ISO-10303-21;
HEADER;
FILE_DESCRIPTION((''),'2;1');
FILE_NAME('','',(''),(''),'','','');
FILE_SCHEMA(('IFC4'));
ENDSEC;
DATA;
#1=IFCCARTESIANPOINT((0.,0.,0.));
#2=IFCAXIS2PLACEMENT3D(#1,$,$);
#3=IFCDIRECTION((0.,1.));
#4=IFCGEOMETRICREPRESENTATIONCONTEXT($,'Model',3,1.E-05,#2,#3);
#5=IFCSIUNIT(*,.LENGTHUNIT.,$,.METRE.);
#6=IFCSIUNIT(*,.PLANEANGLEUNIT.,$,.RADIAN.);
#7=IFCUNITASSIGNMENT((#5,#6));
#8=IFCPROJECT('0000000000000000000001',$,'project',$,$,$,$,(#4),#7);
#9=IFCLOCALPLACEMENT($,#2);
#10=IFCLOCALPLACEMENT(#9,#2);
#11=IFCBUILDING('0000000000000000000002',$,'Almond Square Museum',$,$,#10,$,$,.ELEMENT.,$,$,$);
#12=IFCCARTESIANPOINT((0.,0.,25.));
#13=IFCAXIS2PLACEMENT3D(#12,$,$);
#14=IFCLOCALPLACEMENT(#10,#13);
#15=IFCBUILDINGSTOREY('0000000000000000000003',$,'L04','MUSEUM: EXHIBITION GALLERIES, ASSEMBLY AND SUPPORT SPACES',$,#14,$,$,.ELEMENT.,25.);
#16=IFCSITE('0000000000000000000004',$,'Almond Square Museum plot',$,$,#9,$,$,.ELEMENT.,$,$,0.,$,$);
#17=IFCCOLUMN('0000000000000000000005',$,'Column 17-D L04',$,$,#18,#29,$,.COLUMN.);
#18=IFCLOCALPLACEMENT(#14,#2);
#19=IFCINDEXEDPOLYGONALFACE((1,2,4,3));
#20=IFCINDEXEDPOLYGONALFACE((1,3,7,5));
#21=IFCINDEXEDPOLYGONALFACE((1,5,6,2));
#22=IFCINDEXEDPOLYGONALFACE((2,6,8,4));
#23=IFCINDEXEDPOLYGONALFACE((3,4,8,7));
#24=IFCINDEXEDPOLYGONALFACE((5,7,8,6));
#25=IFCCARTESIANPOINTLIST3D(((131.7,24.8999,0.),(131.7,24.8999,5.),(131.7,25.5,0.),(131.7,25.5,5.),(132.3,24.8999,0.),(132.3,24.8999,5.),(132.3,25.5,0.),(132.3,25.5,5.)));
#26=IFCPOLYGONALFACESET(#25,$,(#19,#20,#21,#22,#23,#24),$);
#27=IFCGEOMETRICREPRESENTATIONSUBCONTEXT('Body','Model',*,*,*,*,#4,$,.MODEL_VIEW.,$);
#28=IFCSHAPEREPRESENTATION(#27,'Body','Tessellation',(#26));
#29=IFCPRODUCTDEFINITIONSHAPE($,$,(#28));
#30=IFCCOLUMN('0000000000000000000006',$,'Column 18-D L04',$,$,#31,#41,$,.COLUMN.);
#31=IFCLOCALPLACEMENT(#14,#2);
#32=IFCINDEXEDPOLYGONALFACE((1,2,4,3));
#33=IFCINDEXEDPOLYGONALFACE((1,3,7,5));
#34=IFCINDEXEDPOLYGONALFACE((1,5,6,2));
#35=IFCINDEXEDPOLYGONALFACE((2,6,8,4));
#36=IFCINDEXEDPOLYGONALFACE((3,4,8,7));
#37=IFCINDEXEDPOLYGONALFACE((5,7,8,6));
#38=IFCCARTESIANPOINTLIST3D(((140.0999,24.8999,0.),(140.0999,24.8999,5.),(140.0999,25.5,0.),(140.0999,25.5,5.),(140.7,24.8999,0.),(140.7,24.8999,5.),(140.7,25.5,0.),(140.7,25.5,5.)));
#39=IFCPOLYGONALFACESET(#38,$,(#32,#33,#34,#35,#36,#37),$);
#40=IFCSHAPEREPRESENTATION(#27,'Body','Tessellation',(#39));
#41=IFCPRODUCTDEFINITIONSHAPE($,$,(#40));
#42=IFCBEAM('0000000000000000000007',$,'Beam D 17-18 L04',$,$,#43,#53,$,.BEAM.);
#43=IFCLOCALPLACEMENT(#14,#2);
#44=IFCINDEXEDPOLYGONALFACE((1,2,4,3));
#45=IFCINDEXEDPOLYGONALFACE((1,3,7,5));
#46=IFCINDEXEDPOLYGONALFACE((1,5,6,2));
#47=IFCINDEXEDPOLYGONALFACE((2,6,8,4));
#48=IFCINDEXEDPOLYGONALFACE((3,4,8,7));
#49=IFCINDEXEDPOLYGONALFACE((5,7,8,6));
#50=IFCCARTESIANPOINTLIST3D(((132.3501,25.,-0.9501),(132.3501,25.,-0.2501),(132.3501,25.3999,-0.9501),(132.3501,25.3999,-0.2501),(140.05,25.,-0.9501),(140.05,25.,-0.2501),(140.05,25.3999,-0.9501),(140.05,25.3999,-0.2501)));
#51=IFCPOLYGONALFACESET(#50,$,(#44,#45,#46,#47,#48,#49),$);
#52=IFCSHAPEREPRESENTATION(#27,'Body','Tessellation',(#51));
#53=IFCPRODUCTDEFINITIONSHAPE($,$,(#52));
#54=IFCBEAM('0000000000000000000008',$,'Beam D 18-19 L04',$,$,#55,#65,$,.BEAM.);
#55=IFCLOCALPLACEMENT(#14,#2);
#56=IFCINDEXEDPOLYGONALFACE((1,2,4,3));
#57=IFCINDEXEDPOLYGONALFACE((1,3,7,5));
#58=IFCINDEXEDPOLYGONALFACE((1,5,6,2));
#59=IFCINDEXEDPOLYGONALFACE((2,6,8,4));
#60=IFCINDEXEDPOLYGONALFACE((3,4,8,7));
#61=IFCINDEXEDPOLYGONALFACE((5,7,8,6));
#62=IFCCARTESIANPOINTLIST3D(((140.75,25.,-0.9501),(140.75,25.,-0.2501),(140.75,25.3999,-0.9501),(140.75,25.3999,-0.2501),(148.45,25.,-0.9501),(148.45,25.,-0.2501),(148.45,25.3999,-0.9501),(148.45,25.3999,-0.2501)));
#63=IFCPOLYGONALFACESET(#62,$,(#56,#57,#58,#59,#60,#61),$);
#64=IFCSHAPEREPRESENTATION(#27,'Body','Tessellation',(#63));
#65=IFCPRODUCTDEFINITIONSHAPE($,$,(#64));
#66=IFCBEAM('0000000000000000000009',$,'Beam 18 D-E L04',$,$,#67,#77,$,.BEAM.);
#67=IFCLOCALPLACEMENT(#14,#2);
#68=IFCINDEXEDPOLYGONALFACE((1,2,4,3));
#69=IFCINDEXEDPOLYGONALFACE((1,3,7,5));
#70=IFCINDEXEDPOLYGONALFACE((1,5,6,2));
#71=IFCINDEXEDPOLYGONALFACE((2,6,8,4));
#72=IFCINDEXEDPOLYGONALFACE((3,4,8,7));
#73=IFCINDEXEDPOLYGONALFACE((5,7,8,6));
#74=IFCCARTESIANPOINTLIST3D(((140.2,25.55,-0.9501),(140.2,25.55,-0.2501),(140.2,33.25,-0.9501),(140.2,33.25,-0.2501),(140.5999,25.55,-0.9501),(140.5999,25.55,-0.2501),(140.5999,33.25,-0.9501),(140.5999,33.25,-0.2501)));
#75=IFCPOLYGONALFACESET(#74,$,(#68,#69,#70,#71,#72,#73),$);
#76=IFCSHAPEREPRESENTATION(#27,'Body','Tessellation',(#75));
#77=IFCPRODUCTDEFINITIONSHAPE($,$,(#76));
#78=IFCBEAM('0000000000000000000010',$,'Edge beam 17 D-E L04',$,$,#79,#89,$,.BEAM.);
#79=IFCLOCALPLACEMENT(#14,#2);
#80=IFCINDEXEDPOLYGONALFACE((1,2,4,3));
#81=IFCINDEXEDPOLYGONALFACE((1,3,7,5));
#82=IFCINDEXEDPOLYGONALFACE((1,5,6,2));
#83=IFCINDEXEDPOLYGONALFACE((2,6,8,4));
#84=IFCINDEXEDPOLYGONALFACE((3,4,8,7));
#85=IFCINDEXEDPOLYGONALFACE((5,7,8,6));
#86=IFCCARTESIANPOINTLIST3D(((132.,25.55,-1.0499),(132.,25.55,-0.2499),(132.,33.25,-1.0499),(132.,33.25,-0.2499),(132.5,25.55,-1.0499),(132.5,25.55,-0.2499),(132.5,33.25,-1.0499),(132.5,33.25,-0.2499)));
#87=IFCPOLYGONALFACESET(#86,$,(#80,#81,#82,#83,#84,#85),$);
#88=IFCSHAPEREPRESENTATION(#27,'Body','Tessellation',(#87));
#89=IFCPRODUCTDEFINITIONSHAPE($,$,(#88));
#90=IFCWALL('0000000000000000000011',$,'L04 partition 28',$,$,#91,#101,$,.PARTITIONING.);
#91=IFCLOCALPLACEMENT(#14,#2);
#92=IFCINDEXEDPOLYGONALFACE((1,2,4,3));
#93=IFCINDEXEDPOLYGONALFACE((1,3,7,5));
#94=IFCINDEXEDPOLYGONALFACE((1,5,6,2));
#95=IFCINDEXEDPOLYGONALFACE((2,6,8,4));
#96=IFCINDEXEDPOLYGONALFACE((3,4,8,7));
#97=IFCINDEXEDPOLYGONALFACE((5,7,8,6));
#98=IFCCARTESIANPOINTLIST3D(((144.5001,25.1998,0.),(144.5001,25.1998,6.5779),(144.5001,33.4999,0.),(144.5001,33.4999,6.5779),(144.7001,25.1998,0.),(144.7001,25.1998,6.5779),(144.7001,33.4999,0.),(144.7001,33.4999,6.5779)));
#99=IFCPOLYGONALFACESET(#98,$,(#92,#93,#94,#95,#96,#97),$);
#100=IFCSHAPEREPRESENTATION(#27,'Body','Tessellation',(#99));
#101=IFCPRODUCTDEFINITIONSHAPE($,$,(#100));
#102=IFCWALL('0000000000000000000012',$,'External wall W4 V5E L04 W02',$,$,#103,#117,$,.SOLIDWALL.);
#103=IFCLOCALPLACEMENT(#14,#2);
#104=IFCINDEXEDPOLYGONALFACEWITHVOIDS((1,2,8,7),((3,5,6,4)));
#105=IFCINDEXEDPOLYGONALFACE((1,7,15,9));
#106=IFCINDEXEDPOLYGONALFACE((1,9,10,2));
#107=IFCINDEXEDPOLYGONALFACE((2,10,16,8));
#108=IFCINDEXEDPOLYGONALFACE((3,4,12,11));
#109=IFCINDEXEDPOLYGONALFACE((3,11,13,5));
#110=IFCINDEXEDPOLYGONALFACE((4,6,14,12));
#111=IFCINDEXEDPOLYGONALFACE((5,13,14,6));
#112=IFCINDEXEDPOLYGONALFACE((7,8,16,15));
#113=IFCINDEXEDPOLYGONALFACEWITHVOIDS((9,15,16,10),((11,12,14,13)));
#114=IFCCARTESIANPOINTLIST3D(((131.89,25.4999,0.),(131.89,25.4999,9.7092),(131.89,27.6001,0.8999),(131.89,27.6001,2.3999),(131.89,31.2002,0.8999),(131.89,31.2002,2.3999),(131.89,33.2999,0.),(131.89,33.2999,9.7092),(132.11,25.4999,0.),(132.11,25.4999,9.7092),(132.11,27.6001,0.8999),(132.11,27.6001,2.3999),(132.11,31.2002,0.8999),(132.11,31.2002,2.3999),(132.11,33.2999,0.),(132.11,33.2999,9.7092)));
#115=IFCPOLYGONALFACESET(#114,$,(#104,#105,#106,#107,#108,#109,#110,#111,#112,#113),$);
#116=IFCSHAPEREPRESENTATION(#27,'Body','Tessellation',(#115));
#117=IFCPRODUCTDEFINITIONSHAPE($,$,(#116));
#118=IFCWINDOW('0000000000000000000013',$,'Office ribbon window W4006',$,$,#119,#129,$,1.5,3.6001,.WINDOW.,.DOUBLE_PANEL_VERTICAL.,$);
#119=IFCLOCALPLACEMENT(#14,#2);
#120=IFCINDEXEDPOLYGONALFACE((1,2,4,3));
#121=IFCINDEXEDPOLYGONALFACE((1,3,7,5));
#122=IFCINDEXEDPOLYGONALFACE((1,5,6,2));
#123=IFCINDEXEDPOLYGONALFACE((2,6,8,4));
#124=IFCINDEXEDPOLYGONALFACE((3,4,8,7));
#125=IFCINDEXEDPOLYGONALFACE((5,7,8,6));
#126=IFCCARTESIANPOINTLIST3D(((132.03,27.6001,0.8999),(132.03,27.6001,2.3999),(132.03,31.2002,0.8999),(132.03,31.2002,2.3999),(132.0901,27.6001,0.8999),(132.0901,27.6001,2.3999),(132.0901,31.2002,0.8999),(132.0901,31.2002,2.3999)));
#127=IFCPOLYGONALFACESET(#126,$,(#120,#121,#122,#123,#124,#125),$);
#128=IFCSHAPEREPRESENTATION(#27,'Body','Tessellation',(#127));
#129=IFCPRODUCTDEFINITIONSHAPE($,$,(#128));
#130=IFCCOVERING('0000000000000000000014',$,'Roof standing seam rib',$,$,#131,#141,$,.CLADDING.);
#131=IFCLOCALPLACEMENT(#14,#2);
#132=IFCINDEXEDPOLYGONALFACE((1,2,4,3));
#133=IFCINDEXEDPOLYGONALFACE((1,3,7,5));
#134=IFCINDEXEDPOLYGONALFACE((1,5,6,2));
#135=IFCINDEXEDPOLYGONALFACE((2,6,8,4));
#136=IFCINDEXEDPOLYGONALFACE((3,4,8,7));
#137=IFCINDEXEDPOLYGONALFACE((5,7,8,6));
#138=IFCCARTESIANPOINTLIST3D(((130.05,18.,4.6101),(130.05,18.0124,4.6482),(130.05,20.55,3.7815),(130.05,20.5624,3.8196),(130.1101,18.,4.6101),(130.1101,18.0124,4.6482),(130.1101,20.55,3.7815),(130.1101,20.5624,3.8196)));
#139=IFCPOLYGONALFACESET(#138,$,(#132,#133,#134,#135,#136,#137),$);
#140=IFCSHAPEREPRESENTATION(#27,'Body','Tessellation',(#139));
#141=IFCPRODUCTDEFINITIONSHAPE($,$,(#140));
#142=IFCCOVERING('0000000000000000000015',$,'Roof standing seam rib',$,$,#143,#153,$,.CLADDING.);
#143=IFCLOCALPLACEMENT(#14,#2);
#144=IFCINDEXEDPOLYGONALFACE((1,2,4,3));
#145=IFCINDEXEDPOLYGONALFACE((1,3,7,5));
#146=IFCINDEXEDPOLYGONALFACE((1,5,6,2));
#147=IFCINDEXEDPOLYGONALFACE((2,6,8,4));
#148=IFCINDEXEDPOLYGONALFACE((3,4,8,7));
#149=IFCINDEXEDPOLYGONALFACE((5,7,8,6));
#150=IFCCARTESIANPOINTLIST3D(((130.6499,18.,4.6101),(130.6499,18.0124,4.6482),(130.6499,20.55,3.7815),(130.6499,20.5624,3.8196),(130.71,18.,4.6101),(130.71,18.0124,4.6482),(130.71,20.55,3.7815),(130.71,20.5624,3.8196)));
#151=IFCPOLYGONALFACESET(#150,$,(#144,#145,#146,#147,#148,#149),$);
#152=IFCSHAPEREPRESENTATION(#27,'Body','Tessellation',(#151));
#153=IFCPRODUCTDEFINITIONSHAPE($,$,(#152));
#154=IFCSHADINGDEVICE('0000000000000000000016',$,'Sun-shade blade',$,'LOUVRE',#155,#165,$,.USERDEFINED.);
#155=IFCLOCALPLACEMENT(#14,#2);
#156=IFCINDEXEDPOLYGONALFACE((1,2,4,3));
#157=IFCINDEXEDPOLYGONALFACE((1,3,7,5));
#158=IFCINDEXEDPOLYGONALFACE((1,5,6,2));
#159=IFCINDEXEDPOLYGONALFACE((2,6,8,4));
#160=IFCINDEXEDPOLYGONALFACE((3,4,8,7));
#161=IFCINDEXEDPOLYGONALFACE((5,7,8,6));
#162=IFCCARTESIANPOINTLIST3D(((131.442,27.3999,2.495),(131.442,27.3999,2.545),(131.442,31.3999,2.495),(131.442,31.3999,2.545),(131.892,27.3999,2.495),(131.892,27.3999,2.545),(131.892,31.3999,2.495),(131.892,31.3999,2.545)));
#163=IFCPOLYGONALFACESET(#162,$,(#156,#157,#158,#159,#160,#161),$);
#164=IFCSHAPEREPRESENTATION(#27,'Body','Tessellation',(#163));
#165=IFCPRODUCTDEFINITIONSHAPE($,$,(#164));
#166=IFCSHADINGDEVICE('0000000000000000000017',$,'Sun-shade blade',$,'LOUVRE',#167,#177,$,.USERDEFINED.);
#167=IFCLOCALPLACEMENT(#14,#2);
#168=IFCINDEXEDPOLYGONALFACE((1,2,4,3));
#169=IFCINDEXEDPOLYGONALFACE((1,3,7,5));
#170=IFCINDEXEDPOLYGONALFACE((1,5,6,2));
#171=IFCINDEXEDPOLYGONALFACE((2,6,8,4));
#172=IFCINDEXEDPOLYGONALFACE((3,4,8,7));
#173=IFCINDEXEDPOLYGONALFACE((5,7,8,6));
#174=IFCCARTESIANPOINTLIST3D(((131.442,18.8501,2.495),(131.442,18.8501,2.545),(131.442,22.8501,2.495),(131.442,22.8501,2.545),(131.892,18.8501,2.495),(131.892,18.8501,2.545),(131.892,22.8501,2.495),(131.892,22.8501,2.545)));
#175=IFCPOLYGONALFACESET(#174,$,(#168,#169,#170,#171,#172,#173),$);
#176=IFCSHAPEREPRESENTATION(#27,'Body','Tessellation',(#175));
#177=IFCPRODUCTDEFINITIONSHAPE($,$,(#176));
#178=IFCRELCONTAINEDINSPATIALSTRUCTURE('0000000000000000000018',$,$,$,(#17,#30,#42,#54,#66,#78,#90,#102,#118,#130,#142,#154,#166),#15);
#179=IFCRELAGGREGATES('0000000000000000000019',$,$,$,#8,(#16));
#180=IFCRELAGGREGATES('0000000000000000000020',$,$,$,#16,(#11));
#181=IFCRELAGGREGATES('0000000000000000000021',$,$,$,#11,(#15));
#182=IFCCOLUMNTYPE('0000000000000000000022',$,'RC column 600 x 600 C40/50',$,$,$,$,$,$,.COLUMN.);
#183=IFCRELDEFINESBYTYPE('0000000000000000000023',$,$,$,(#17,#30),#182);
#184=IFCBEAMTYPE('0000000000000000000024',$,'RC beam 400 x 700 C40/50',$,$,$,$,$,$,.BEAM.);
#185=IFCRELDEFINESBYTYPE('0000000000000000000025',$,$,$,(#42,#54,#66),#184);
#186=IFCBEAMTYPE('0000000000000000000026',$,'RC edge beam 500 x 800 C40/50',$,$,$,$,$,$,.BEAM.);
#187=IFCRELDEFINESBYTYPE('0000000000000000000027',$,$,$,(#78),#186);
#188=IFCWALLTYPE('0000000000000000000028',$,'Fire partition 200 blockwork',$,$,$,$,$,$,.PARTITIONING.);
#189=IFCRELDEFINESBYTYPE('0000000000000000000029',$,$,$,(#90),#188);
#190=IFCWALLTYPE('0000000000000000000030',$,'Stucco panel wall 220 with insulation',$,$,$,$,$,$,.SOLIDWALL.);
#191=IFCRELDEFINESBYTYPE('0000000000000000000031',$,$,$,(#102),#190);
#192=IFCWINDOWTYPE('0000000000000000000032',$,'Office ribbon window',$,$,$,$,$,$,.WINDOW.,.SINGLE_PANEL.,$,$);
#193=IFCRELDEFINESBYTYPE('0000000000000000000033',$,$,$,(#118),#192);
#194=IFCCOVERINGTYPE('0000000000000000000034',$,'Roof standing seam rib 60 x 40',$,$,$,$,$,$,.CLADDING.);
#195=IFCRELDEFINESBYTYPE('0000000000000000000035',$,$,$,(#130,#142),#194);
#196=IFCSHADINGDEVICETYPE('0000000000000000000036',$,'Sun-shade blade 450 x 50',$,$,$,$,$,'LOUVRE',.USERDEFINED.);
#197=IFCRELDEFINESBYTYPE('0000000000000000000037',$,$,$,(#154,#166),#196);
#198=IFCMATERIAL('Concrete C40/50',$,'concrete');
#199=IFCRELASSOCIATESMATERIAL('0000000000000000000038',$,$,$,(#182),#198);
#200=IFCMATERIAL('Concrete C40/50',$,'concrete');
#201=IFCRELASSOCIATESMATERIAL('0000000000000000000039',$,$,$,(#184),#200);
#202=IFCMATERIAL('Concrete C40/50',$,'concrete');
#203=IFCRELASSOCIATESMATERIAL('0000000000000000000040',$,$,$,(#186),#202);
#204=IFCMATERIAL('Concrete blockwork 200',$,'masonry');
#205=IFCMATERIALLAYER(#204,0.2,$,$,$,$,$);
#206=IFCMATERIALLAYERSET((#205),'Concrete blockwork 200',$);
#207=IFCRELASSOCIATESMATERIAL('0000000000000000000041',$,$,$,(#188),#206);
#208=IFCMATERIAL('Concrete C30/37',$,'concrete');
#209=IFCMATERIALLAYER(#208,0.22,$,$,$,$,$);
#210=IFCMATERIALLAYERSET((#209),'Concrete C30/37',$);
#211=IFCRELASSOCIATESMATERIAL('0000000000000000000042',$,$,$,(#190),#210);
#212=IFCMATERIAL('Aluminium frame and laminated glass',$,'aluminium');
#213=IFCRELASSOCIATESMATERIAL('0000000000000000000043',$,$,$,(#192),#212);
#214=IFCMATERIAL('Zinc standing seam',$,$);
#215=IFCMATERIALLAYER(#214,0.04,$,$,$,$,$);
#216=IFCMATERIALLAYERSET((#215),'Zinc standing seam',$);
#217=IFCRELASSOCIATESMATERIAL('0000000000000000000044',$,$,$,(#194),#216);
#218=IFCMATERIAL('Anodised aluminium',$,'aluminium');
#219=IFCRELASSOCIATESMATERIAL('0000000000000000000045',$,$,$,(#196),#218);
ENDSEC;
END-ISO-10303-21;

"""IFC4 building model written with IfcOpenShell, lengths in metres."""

from ifc_helpers import new_model, si_unit, direction, frame, frame_2d, origin, origin_2d, place, context, subcontext, project, spatial, polyline, rectangle, outline, extrude, material, layer, layer_set, material_profile, profile_set, type_object, element, fill, save


model = new_model("IFC4")

# Units and contexts
model_context = context("Model", 3, precision=1e-05, world=origin(), true_north=direction((0.0, 1.0)))
body_context = subcontext(model_context, "Body", "Model", "MODEL_VIEW")
ifc_project = project(units=[si_unit("LENGTHUNIT", "METRE"), si_unit("PLANEANGLEUNIT", "RADIAN")], contexts=[model_context])

# Site, building, storey
site_placement = place(None, origin())
site = spatial("IfcSite", under=ifc_project, at=site_placement, Name="Almond Square Museum plot", CompositionType="ELEMENT", RefElevation=0.0)
building_placement = place(site_placement, origin())
building = spatial("IfcBuilding", under=site, at=building_placement, Name="Almond Square Museum", CompositionType="ELEMENT")
storey_placement = place(building_placement, frame((0.0, 0.0, 25.0)))
storey = spatial("IfcBuildingStorey", under=building, at=storey_placement, Name="L04", Description="MUSEUM: EXHIBITION GALLERIES, ASSEMBLY AND SUPPORT SPACES", CompositionType="ELEMENT", Elevation=25.0)

# Columns
ifc_material_1 = material(Name="Concrete C40/50", Category="concrete")
ifc_material_profile_1 = material_profile(ifc_material_1, rectangle(XDim=0.6001, YDim=0.6001, at=origin_2d()))
ifc_profile_set_1 = profile_set([ifc_material_profile_1], Name="Concrete C40/50")
column_type = type_object("IfcColumnType", Name="RC column 600 x 600 C40/50", PredefinedType="COLUMN", material=ifc_profile_set_1)
for number, where, z_axis, x_axis, name in (
    (1, (132.0, 25.2, 0.0), (0.0, 0.0, 1.0), (1.0, 0.0, 0.0), "Column 17-D L04"),
    (2, (140.3999, 25.2, 0.0), (0.0, 0.0, 1.0), (1.0, 0.0, 0.0), "Column 18-D L04"),
):
    element("IfcColumn", number, at=place(storey_placement, frame(where, z_axis=z_axis, x_axis=x_axis)), inside=storey, type_object=column_type, Name=name, PredefinedType="COLUMN", context=body_context, shape_type="SweptSolid", body=[
        extrude(rectangle(XDim=0.6001, YDim=0.6001, at=origin_2d()), origin(), (0.0, 0.0, 1.0), 5.0),
    ])

# Beams
ifc_material_2 = material(Name="Concrete C40/50", Category="concrete")
ifc_material_profile_2 = material_profile(ifc_material_2, rectangle(XDim=0.3999, YDim=0.7, at=origin_2d()))
ifc_profile_set_2 = profile_set([ifc_material_profile_2], Name="Concrete C40/50")
beam_type_1 = type_object("IfcBeamType", Name="RC beam 400 x 700 C40/50", PredefinedType="BEAM", material=ifc_profile_set_2)
for number, where, z_axis, x_axis, name in (
    (3, (132.3501, 25.2, -0.6001), (1.0, 0.0, 0.0), (0.0, 1.0, 0.0), "Beam D 17-18 L04"),
    (4, (140.75, 25.2, -0.6001), (1.0, 0.0, 0.0), (0.0, 1.0, 0.0), "Beam D 18-19 L04"),
    (5, (140.3999, 25.55, -0.6001), (0.0, 1.0, 0.0), (-1.0, 0.0, 0.0), "Beam 18 D-E L04"),
):
    element("IfcBeam", number, at=place(storey_placement, frame(where, z_axis=z_axis, x_axis=x_axis)), inside=storey, type_object=beam_type_1, Name=name, PredefinedType="BEAM", context=body_context, shape_type="SweptSolid", body=[
        extrude(rectangle(XDim=0.3999, YDim=0.7, at=origin_2d()), origin(), (0.0, 0.0, 1.0), 7.7),
    ])
ifc_material_3 = material(Name="Concrete C40/50", Category="concrete")
ifc_material_profile_3 = material_profile(ifc_material_3, rectangle(XDim=0.5, YDim=0.8, at=origin_2d()))
ifc_profile_set_3 = profile_set([ifc_material_profile_3], Name="Concrete C40/50")
beam_type_2 = type_object("IfcBeamType", Name="RC edge beam 500 x 800 C40/50", PredefinedType="BEAM", material=ifc_profile_set_3)
beam_placement = place(storey_placement, frame((132.25, 25.55, -0.6499), z_axis=(0.0, 1.0, 0.0), x_axis=(-1.0, 0.0, 0.0)))
element("IfcBeam", 6, at=beam_placement, inside=storey, type_object=beam_type_2, Name="Edge beam 17 D-E L04", PredefinedType="BEAM", context=body_context, shape_type="SweptSolid", body=[
    extrude(rectangle(XDim=0.5, YDim=0.8, at=origin_2d()), origin(), (0.0, 0.0, 1.0), 7.7),
])

# Wall
ifc_material_4 = material(Name="Concrete blockwork 200", Category="masonry")
ifc_layer_1 = layer(ifc_material_4, 0.2)
ifc_layer_set_1 = layer_set([ifc_layer_1], Name="Concrete blockwork 200")
wall_type_1 = type_object("IfcWallType", Name="Fire partition 200 blockwork", PredefinedType="PARTITIONING", material=ifc_layer_set_1)
wall_1_placement = place(storey_placement, frame((144.6001, 25.2, 0.0), z_axis=(0.0, 0.0, 1.0), x_axis=(0.0, 1.0, 0.0)))
element("IfcWall", 7, at=wall_1_placement, inside=storey, type_object=wall_type_1, Name="L04 partition 28", PredefinedType="PARTITIONING", context=body_context, shape_type="SweptSolid", body=[
    extrude(rectangle(XDim=8.3, YDim=0.2, at=frame_2d((4.1499, 0.0))), origin(), (0.0, 0.0, 1.0), 6.5779),
])

# Wall, opening, window
ifc_material_5 = material(Name="Concrete C30/37", Category="concrete")
ifc_layer_2 = layer(ifc_material_5, 0.22)
ifc_layer_set_2 = layer_set([ifc_layer_2], Name="Concrete C30/37")
wall_type_2 = type_object("IfcWallType", Name="Stucco panel wall 220 with insulation", PredefinedType="SOLIDWALL", material=ifc_layer_set_2)
wall_2_placement = place(storey_placement, frame((132.0, 25.5, 0.0), z_axis=(0.0, 0.0, 1.0), x_axis=(0.0, 1.0, 0.0)))
wall_2 = element("IfcWall", 8, at=wall_2_placement, inside=storey, type_object=wall_type_2, Name="External wall W4 V5E L04 W02", PredefinedType="SOLIDWALL", context=body_context, shape_type="SweptSolid", body=[
    extrude(rectangle(XDim=7.8, YDim=0.22, at=frame_2d((3.8999, 0.0))), origin(), (0.0, 0.0, 1.0), 9.7092),
])
opening_placement = place(wall_2_placement, frame((2.1001, 0.0, 0.8999)))
opening = element("IfcOpeningElement", 9, at=opening_placement, cuts=wall_2, PredefinedType="OPENING", context=body_context, shape_type="SweptSolid", body=[
    extrude(rectangle(XDim=3.6001, YDim=1.5, at=frame_2d((1.8, 0.75))), frame((0.0, 0.1199, 0.0), z_axis=(0.0, -1.0, 0.0), x_axis=(1.0, 0.0, 0.0)), (0.0, 0.0, 1.0), 0.24),
])
ifc_material_6 = material(Name="Aluminium frame and laminated glass", Category="aluminium")
window_type = type_object("IfcWindowType", Name="Office ribbon window", PartitioningType="SINGLE_PANEL", PredefinedType="WINDOW", material=ifc_material_6)
window_placement = place(opening_placement, origin())
window = element("IfcWindow", 10, at=window_placement, inside=storey, type_object=window_type, Name="Office ribbon window W4006", OverallHeight=1.5, OverallWidth=3.6001, PartitioningType="DOUBLE_PANEL_VERTICAL", PredefinedType="WINDOW", context=body_context, shape_type="SweptSolid", body=[
    extrude(rectangle(XDim=3.6001, YDim=1.5, at=frame_2d((1.8, 0.75))), frame((0.0, -0.03, 0.0), z_axis=(0.0, -1.0, 0.0), x_axis=(1.0, 0.0, 0.0)), (0.0, 0.0, 1.0), 0.0601),
])
fill(opening, window)

# Coverings
ifc_material_7 = material(Name="Zinc standing seam")
ifc_layer_3 = layer(ifc_material_7, 0.04)
ifc_layer_set_3 = layer_set([ifc_layer_3], Name="Zinc standing seam")
covering_type_1 = type_object("IfcCoveringType", Name="Roof standing seam rib 60 x 40", PredefinedType="CLADDING", material=ifc_layer_set_3)
for number, where, z_axis, x_axis, name in (
    (11, (130.1101, 18.0, 4.6101), (0.0, 0.309035, 0.951051), (0.0, 0.951051, -0.309035), "Roof standing seam rib"),
    (12, (130.71, 18.0, 4.6101), (0.0, 0.309035, 0.951051), (0.0, 0.951051, -0.309035), "Roof standing seam rib"),
):
    element("IfcCovering", number, at=place(storey_placement, frame(where, z_axis=z_axis, x_axis=x_axis)), inside=storey, type_object=covering_type_1, Name=name, PredefinedType="CLADDING", context=body_context, shape_type="SweptSolid", body=[
        extrude(outline(polyline([(0.0, 0.0), (2.6813, 0.0), (2.6813, 0.0601), (0.0, 0.0601), (0.0, 0.0)])), origin(), (0.0, 0.0, 1.0), 0.04),
    ])

# Shading devices
ifc_material_8 = material(Name="Anodised aluminium", Category="aluminium")
ifc_material_profile_4 = material_profile(ifc_material_8, rectangle(XDim=0.45, YDim=0.05, at=origin_2d()))
ifc_profile_set_4 = profile_set([ifc_material_profile_4], Name="Anodised aluminium")
shading_device_type_1 = type_object("IfcShadingDeviceType", Name="Sun-shade blade 450 x 50", ElementType="LOUVRE", PredefinedType="USERDEFINED", material=ifc_profile_set_4)
for number, where, z_axis, x_axis, name in (
    (13, (131.667, 27.3999, 2.52), (0.0, 1.0, 0.0), (-1.0, 0.0, 0.0), "Sun-shade blade"),
    (14, (131.667, 18.8501, 2.52), (0.0, 1.0, 0.0), (-1.0, 0.0, 0.0), "Sun-shade blade"),
):
    element("IfcShadingDevice", number, at=place(storey_placement, frame(where, z_axis=z_axis, x_axis=x_axis)), inside=storey, type_object=shading_device_type_1, Name=name, ObjectType="LOUVRE", PredefinedType="USERDEFINED", context=body_context, shape_type="SweptSolid", body=[
        extrude(rectangle(XDim=0.45, YDim=0.05, at=origin_2d()), origin(), (0.0, 0.0, 1.0), 4.0),
    ])

save(model, "model.ifc")
